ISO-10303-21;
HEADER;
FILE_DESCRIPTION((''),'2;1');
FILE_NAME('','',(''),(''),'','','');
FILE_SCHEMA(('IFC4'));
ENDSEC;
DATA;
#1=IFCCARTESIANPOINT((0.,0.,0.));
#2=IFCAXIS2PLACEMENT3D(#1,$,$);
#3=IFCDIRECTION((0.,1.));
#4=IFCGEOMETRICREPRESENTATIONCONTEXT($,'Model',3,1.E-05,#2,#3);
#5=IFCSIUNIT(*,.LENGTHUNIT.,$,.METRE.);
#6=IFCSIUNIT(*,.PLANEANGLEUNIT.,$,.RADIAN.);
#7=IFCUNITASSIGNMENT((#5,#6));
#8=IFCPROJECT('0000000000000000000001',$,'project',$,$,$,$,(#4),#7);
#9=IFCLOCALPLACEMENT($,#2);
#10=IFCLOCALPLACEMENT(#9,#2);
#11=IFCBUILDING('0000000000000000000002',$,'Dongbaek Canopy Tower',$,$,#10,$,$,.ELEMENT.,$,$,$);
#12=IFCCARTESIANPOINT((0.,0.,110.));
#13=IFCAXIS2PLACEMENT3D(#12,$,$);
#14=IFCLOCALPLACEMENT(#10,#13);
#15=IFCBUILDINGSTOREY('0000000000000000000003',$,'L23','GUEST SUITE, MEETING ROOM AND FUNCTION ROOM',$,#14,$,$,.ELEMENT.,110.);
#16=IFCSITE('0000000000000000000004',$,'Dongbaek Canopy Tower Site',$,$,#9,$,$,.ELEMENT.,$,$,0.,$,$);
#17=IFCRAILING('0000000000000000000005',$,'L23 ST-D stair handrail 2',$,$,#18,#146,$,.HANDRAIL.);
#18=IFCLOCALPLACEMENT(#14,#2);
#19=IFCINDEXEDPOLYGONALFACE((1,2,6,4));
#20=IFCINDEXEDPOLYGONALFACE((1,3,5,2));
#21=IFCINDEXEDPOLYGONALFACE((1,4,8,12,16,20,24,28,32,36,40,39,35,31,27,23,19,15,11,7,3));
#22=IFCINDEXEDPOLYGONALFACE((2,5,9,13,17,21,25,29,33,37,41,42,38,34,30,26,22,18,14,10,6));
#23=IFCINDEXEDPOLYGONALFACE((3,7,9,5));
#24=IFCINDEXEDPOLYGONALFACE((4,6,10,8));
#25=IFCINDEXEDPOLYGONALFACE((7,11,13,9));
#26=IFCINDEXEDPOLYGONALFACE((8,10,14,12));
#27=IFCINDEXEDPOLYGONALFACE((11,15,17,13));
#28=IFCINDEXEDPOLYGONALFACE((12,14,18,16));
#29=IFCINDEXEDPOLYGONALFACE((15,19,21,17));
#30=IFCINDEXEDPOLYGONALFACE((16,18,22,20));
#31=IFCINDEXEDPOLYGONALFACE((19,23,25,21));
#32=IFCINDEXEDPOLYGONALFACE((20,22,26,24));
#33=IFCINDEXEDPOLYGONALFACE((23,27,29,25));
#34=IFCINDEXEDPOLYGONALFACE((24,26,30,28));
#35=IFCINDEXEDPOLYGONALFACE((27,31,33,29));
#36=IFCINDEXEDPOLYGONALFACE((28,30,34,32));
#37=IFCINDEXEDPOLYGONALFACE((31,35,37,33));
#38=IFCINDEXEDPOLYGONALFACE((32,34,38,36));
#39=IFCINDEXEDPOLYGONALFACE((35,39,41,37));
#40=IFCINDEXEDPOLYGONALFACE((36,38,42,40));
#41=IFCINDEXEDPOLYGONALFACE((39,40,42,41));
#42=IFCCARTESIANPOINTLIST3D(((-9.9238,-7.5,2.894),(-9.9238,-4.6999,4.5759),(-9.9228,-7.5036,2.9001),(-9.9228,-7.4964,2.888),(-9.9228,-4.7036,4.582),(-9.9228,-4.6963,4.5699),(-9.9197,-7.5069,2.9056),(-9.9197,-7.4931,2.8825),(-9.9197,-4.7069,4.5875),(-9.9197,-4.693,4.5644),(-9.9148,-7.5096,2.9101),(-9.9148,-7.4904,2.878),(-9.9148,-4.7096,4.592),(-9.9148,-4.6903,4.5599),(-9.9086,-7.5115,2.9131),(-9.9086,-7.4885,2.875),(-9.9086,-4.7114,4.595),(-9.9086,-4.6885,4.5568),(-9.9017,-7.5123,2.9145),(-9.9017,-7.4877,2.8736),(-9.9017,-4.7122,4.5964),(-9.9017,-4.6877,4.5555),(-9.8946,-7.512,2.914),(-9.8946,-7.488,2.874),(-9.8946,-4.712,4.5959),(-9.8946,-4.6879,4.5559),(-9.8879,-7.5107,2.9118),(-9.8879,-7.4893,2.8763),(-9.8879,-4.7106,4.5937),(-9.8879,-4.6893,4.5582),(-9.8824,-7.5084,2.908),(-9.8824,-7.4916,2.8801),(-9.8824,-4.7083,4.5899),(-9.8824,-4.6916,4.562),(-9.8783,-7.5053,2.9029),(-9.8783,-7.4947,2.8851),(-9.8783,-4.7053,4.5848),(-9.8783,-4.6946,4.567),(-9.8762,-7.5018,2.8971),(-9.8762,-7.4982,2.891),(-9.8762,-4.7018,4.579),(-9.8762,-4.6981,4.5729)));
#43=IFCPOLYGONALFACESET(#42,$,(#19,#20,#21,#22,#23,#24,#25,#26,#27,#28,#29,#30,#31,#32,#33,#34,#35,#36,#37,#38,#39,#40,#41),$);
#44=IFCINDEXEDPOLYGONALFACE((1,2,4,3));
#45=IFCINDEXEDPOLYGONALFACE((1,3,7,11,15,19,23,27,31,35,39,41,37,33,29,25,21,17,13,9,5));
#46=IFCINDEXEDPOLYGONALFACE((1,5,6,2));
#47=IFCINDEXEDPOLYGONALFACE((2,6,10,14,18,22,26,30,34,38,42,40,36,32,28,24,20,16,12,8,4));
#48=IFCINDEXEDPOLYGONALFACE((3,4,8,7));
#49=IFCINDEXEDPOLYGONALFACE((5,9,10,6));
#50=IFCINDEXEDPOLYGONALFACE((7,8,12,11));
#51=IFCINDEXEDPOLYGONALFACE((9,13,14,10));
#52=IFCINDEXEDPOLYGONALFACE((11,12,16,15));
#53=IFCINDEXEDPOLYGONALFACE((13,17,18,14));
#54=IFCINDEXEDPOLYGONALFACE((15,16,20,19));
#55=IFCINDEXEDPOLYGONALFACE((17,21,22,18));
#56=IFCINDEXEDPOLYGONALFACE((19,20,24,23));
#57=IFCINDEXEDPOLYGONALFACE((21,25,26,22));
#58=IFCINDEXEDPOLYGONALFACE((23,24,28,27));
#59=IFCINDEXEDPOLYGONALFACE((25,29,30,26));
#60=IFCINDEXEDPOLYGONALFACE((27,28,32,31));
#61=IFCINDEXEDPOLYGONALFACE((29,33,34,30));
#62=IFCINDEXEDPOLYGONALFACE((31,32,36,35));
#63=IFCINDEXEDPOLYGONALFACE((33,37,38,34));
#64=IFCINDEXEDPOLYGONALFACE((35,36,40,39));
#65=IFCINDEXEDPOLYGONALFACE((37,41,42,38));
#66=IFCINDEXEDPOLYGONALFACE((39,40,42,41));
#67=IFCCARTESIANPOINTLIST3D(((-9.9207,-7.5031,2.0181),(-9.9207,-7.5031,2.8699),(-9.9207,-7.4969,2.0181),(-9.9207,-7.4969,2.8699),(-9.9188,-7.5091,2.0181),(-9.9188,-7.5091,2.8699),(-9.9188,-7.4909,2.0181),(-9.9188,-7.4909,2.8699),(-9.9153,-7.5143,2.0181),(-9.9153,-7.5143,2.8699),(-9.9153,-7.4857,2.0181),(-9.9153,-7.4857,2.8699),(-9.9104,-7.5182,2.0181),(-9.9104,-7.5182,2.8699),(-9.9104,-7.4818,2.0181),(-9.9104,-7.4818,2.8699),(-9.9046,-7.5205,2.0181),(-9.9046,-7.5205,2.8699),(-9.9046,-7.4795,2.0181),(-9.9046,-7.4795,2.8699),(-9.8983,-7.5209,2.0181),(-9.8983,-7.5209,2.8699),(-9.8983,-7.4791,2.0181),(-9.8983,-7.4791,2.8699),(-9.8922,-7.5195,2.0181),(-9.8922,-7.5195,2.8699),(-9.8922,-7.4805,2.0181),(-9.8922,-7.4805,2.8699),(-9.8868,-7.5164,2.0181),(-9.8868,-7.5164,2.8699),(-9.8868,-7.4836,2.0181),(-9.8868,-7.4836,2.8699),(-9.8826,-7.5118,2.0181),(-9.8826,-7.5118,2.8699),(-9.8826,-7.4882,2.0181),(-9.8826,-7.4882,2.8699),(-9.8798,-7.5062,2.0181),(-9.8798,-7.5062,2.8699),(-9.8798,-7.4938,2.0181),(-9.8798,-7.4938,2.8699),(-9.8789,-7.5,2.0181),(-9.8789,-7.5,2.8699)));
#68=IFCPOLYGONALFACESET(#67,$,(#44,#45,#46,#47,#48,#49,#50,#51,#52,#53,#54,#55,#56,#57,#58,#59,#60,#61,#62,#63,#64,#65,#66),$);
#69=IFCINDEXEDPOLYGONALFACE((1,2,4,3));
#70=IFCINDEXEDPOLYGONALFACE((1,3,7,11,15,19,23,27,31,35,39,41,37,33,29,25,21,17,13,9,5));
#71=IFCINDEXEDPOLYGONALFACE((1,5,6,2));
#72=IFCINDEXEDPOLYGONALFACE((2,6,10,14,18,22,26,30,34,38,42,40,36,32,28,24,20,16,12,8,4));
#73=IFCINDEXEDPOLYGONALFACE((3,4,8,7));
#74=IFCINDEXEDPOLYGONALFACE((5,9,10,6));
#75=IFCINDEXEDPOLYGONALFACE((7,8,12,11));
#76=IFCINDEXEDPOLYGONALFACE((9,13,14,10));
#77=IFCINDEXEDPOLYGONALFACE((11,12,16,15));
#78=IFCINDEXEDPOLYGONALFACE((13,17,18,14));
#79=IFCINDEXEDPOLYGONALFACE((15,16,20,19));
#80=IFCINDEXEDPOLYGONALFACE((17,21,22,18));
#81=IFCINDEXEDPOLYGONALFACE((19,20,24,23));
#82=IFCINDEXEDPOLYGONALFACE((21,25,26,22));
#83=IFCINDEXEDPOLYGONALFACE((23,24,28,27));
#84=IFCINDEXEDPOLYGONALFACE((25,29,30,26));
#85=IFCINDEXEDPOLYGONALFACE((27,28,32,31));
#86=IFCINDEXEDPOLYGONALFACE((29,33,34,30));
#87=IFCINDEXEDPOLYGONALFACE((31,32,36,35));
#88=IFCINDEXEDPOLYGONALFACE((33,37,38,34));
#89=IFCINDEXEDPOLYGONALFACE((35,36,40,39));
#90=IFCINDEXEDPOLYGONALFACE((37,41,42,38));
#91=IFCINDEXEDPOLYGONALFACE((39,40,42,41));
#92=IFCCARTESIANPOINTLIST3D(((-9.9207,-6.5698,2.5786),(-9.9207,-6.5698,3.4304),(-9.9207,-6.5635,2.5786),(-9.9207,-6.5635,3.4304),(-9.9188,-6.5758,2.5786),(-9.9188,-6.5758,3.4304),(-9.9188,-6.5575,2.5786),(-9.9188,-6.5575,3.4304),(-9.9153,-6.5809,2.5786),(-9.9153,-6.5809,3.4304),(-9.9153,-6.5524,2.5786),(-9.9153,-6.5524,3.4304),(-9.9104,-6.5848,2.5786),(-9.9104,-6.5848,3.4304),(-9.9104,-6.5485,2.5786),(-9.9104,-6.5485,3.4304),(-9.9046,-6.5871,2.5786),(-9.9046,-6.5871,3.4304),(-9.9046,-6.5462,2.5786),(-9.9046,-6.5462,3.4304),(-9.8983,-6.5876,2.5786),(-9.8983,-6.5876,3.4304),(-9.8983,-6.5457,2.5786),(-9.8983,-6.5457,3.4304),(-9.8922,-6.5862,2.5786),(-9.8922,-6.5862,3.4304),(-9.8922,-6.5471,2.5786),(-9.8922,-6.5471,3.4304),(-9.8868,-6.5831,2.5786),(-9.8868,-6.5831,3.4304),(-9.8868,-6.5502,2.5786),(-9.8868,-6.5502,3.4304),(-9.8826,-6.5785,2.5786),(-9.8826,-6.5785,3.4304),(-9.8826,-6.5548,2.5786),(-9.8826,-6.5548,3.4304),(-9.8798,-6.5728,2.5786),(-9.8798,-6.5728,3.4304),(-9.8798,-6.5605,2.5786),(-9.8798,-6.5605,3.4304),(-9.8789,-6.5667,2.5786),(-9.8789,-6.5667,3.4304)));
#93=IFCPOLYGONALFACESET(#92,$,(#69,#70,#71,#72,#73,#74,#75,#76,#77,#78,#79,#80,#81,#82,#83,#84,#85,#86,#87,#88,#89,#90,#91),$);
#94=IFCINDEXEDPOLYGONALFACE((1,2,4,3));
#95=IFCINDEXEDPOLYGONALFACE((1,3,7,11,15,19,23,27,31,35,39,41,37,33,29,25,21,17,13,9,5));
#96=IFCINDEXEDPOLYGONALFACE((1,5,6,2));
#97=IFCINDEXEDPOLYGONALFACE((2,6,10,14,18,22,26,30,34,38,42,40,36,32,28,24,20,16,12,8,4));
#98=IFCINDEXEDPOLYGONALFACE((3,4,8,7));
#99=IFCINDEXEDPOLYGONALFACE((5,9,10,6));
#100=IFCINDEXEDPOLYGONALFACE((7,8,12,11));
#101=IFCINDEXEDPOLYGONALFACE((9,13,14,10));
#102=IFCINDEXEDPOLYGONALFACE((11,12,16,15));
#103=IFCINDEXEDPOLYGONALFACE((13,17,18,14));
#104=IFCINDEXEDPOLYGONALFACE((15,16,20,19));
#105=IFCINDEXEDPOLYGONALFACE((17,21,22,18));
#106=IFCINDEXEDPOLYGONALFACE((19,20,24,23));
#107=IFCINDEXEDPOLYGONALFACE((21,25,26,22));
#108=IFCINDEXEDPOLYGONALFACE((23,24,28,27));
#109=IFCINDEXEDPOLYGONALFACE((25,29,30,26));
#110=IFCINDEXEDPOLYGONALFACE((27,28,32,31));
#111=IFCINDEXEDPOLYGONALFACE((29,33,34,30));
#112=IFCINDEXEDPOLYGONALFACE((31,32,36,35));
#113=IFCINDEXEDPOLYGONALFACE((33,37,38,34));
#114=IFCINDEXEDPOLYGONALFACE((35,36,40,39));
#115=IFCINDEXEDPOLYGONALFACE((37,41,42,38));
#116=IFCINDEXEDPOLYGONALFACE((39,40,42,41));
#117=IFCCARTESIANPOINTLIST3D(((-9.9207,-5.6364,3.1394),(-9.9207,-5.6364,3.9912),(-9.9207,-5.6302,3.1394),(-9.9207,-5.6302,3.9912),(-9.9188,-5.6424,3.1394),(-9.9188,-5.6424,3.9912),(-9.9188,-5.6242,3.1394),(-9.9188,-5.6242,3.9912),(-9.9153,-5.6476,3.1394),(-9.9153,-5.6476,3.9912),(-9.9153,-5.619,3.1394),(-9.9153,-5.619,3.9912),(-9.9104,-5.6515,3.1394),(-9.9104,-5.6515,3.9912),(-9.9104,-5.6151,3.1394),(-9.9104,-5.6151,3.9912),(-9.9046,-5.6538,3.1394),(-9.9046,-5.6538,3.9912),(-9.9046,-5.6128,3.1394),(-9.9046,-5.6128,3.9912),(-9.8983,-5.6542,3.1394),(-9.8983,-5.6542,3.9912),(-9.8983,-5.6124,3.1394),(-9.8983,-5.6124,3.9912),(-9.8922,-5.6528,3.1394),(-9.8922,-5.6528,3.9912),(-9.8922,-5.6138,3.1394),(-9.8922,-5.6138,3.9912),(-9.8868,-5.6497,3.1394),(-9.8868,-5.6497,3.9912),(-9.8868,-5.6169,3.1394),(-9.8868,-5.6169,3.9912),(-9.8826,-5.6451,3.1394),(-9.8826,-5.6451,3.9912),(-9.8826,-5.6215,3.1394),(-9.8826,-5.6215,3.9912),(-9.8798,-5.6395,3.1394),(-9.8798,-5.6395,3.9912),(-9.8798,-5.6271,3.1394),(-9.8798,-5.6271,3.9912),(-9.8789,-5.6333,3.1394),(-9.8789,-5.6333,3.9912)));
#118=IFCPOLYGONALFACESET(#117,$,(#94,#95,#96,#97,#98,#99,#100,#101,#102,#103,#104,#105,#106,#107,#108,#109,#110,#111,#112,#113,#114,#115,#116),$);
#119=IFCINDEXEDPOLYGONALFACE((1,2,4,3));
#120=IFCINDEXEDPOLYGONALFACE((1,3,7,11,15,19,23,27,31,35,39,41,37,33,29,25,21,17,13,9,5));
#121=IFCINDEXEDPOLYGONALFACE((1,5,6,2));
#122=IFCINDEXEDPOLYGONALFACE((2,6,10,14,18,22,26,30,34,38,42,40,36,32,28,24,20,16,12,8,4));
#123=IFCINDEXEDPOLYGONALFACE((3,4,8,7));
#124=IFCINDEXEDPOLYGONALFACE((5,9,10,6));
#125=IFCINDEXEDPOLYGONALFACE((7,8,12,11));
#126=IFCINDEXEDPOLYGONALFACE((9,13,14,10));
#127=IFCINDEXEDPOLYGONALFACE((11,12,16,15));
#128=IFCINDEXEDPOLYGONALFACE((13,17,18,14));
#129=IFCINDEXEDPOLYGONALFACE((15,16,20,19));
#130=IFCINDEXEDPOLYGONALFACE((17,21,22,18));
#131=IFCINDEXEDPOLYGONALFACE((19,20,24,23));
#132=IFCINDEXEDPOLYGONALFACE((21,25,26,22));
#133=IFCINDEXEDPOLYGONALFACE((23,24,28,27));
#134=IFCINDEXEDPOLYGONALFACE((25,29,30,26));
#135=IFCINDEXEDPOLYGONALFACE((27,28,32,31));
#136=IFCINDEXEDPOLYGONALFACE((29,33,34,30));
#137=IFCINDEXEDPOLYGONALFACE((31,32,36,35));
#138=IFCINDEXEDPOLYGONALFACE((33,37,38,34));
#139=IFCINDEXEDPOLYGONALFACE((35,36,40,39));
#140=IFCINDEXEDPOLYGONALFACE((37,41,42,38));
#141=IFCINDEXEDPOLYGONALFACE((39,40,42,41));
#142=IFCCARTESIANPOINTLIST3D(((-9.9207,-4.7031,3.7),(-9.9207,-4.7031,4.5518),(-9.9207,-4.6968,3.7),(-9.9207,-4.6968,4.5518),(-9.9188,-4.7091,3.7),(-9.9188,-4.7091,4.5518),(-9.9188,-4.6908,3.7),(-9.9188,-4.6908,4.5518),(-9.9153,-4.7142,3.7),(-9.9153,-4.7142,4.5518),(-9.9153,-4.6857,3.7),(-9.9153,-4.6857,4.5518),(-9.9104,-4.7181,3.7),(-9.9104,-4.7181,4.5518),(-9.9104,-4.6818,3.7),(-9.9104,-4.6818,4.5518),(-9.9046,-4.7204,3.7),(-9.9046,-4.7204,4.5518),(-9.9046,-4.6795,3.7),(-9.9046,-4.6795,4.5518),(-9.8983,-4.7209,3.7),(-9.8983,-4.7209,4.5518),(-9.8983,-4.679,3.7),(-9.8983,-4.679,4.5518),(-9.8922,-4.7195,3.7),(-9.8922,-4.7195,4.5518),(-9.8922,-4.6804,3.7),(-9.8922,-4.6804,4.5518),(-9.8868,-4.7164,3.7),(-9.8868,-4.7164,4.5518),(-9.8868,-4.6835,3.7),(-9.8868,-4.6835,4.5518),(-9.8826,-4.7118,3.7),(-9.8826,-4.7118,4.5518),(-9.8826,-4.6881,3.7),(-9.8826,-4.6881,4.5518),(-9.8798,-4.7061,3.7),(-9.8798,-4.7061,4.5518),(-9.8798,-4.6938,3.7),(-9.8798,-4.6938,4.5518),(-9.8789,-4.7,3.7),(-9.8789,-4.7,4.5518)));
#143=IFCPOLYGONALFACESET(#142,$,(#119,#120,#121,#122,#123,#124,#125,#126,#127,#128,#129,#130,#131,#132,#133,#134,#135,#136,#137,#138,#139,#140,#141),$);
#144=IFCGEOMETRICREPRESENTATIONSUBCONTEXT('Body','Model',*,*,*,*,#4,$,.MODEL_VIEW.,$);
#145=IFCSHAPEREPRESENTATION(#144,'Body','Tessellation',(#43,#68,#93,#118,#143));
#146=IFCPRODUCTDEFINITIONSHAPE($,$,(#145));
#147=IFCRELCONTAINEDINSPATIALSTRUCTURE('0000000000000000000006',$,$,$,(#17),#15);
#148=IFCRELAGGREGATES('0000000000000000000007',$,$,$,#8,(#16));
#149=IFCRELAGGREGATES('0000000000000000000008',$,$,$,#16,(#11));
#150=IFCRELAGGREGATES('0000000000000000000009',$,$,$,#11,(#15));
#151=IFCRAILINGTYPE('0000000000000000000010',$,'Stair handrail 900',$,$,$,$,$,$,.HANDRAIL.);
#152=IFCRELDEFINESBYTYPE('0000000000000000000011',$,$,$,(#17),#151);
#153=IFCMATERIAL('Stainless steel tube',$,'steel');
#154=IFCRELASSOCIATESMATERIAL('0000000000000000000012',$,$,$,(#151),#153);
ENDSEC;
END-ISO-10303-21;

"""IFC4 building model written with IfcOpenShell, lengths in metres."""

from ifc_helpers import new_model, si_unit, direction, frame, origin, origin_2d, place, context, subcontext, project, spatial, circle, extrude, material, type_object, element, save


model = new_model("IFC4")

# Units and contexts
model_context = context("Model", 3, precision=1e-05, world=origin(), true_north=direction((0.0, 1.0)))
body_context = subcontext(model_context, "Body", "Model", "MODEL_VIEW")
ifc_project = project(units=[si_unit("LENGTHUNIT", "METRE"), si_unit("PLANEANGLEUNIT", "RADIAN")], contexts=[model_context])

# Site, building, storey
site_placement = place(None, origin())
site = spatial("IfcSite", under=ifc_project, at=site_placement, Name="Dongbaek Canopy Tower Site", CompositionType="ELEMENT", RefElevation=0.0)
building_placement = place(site_placement, origin())
building = spatial("IfcBuilding", under=site, at=building_placement, Name="Dongbaek Canopy Tower", CompositionType="ELEMENT")
storey_placement = place(building_placement, frame((0.0, 0.0, 110.0)))
storey = spatial("IfcBuildingStorey", under=building, at=storey_placement, Name="L23", Description="GUEST SUITE, MEETING ROOM AND FUNCTION ROOM", CompositionType="ELEMENT", Elevation=110.0)

# Railing
ifc_material_1 = material(Name="Stainless steel tube", Category="steel")
railing_type_1 = type_object("IfcRailingType", Name="Stair handrail 900", PredefinedType="HANDRAIL", material=ifc_material_1)
railing_1_placement = place(storey_placement, frame((-9.8999, -7.5, 2.0181)))
element("IfcRailing", 1, at=railing_1_placement, inside=storey, type_object=railing_type_1, Name="L23 ST-D stair handrail 2", PredefinedType="HANDRAIL", context=body_context, shape_type="SweptSolid", body=[
    extrude(circle(Radius=0.0239, at=origin_2d()), frame((0.0, 0.0, 0.876), z_axis=(0.0, 0.857242, 0.514913), x_axis=(-1.0, 0.0, 0.0)), (0.0, 0.0, 1.0), 3.2664),
    extrude(circle(Radius=0.021, at=origin_2d()), origin(), (0.0, 0.0, 1.0), 0.8518),
    extrude(circle(Radius=0.021, at=origin_2d()), frame((0.0, 0.9333, 0.5605)), (0.0, 0.0, 1.0), 0.8518),
    extrude(circle(Radius=0.021, at=origin_2d()), frame((0.0, 1.8667, 1.1213)), (0.0, 0.0, 1.0), 0.8518),
    extrude(circle(Radius=0.021, at=origin_2d()), frame((0.0, 2.8, 1.6819)), (0.0, 0.0, 1.0), 0.8518),
])

save(model, "model.ifc")
